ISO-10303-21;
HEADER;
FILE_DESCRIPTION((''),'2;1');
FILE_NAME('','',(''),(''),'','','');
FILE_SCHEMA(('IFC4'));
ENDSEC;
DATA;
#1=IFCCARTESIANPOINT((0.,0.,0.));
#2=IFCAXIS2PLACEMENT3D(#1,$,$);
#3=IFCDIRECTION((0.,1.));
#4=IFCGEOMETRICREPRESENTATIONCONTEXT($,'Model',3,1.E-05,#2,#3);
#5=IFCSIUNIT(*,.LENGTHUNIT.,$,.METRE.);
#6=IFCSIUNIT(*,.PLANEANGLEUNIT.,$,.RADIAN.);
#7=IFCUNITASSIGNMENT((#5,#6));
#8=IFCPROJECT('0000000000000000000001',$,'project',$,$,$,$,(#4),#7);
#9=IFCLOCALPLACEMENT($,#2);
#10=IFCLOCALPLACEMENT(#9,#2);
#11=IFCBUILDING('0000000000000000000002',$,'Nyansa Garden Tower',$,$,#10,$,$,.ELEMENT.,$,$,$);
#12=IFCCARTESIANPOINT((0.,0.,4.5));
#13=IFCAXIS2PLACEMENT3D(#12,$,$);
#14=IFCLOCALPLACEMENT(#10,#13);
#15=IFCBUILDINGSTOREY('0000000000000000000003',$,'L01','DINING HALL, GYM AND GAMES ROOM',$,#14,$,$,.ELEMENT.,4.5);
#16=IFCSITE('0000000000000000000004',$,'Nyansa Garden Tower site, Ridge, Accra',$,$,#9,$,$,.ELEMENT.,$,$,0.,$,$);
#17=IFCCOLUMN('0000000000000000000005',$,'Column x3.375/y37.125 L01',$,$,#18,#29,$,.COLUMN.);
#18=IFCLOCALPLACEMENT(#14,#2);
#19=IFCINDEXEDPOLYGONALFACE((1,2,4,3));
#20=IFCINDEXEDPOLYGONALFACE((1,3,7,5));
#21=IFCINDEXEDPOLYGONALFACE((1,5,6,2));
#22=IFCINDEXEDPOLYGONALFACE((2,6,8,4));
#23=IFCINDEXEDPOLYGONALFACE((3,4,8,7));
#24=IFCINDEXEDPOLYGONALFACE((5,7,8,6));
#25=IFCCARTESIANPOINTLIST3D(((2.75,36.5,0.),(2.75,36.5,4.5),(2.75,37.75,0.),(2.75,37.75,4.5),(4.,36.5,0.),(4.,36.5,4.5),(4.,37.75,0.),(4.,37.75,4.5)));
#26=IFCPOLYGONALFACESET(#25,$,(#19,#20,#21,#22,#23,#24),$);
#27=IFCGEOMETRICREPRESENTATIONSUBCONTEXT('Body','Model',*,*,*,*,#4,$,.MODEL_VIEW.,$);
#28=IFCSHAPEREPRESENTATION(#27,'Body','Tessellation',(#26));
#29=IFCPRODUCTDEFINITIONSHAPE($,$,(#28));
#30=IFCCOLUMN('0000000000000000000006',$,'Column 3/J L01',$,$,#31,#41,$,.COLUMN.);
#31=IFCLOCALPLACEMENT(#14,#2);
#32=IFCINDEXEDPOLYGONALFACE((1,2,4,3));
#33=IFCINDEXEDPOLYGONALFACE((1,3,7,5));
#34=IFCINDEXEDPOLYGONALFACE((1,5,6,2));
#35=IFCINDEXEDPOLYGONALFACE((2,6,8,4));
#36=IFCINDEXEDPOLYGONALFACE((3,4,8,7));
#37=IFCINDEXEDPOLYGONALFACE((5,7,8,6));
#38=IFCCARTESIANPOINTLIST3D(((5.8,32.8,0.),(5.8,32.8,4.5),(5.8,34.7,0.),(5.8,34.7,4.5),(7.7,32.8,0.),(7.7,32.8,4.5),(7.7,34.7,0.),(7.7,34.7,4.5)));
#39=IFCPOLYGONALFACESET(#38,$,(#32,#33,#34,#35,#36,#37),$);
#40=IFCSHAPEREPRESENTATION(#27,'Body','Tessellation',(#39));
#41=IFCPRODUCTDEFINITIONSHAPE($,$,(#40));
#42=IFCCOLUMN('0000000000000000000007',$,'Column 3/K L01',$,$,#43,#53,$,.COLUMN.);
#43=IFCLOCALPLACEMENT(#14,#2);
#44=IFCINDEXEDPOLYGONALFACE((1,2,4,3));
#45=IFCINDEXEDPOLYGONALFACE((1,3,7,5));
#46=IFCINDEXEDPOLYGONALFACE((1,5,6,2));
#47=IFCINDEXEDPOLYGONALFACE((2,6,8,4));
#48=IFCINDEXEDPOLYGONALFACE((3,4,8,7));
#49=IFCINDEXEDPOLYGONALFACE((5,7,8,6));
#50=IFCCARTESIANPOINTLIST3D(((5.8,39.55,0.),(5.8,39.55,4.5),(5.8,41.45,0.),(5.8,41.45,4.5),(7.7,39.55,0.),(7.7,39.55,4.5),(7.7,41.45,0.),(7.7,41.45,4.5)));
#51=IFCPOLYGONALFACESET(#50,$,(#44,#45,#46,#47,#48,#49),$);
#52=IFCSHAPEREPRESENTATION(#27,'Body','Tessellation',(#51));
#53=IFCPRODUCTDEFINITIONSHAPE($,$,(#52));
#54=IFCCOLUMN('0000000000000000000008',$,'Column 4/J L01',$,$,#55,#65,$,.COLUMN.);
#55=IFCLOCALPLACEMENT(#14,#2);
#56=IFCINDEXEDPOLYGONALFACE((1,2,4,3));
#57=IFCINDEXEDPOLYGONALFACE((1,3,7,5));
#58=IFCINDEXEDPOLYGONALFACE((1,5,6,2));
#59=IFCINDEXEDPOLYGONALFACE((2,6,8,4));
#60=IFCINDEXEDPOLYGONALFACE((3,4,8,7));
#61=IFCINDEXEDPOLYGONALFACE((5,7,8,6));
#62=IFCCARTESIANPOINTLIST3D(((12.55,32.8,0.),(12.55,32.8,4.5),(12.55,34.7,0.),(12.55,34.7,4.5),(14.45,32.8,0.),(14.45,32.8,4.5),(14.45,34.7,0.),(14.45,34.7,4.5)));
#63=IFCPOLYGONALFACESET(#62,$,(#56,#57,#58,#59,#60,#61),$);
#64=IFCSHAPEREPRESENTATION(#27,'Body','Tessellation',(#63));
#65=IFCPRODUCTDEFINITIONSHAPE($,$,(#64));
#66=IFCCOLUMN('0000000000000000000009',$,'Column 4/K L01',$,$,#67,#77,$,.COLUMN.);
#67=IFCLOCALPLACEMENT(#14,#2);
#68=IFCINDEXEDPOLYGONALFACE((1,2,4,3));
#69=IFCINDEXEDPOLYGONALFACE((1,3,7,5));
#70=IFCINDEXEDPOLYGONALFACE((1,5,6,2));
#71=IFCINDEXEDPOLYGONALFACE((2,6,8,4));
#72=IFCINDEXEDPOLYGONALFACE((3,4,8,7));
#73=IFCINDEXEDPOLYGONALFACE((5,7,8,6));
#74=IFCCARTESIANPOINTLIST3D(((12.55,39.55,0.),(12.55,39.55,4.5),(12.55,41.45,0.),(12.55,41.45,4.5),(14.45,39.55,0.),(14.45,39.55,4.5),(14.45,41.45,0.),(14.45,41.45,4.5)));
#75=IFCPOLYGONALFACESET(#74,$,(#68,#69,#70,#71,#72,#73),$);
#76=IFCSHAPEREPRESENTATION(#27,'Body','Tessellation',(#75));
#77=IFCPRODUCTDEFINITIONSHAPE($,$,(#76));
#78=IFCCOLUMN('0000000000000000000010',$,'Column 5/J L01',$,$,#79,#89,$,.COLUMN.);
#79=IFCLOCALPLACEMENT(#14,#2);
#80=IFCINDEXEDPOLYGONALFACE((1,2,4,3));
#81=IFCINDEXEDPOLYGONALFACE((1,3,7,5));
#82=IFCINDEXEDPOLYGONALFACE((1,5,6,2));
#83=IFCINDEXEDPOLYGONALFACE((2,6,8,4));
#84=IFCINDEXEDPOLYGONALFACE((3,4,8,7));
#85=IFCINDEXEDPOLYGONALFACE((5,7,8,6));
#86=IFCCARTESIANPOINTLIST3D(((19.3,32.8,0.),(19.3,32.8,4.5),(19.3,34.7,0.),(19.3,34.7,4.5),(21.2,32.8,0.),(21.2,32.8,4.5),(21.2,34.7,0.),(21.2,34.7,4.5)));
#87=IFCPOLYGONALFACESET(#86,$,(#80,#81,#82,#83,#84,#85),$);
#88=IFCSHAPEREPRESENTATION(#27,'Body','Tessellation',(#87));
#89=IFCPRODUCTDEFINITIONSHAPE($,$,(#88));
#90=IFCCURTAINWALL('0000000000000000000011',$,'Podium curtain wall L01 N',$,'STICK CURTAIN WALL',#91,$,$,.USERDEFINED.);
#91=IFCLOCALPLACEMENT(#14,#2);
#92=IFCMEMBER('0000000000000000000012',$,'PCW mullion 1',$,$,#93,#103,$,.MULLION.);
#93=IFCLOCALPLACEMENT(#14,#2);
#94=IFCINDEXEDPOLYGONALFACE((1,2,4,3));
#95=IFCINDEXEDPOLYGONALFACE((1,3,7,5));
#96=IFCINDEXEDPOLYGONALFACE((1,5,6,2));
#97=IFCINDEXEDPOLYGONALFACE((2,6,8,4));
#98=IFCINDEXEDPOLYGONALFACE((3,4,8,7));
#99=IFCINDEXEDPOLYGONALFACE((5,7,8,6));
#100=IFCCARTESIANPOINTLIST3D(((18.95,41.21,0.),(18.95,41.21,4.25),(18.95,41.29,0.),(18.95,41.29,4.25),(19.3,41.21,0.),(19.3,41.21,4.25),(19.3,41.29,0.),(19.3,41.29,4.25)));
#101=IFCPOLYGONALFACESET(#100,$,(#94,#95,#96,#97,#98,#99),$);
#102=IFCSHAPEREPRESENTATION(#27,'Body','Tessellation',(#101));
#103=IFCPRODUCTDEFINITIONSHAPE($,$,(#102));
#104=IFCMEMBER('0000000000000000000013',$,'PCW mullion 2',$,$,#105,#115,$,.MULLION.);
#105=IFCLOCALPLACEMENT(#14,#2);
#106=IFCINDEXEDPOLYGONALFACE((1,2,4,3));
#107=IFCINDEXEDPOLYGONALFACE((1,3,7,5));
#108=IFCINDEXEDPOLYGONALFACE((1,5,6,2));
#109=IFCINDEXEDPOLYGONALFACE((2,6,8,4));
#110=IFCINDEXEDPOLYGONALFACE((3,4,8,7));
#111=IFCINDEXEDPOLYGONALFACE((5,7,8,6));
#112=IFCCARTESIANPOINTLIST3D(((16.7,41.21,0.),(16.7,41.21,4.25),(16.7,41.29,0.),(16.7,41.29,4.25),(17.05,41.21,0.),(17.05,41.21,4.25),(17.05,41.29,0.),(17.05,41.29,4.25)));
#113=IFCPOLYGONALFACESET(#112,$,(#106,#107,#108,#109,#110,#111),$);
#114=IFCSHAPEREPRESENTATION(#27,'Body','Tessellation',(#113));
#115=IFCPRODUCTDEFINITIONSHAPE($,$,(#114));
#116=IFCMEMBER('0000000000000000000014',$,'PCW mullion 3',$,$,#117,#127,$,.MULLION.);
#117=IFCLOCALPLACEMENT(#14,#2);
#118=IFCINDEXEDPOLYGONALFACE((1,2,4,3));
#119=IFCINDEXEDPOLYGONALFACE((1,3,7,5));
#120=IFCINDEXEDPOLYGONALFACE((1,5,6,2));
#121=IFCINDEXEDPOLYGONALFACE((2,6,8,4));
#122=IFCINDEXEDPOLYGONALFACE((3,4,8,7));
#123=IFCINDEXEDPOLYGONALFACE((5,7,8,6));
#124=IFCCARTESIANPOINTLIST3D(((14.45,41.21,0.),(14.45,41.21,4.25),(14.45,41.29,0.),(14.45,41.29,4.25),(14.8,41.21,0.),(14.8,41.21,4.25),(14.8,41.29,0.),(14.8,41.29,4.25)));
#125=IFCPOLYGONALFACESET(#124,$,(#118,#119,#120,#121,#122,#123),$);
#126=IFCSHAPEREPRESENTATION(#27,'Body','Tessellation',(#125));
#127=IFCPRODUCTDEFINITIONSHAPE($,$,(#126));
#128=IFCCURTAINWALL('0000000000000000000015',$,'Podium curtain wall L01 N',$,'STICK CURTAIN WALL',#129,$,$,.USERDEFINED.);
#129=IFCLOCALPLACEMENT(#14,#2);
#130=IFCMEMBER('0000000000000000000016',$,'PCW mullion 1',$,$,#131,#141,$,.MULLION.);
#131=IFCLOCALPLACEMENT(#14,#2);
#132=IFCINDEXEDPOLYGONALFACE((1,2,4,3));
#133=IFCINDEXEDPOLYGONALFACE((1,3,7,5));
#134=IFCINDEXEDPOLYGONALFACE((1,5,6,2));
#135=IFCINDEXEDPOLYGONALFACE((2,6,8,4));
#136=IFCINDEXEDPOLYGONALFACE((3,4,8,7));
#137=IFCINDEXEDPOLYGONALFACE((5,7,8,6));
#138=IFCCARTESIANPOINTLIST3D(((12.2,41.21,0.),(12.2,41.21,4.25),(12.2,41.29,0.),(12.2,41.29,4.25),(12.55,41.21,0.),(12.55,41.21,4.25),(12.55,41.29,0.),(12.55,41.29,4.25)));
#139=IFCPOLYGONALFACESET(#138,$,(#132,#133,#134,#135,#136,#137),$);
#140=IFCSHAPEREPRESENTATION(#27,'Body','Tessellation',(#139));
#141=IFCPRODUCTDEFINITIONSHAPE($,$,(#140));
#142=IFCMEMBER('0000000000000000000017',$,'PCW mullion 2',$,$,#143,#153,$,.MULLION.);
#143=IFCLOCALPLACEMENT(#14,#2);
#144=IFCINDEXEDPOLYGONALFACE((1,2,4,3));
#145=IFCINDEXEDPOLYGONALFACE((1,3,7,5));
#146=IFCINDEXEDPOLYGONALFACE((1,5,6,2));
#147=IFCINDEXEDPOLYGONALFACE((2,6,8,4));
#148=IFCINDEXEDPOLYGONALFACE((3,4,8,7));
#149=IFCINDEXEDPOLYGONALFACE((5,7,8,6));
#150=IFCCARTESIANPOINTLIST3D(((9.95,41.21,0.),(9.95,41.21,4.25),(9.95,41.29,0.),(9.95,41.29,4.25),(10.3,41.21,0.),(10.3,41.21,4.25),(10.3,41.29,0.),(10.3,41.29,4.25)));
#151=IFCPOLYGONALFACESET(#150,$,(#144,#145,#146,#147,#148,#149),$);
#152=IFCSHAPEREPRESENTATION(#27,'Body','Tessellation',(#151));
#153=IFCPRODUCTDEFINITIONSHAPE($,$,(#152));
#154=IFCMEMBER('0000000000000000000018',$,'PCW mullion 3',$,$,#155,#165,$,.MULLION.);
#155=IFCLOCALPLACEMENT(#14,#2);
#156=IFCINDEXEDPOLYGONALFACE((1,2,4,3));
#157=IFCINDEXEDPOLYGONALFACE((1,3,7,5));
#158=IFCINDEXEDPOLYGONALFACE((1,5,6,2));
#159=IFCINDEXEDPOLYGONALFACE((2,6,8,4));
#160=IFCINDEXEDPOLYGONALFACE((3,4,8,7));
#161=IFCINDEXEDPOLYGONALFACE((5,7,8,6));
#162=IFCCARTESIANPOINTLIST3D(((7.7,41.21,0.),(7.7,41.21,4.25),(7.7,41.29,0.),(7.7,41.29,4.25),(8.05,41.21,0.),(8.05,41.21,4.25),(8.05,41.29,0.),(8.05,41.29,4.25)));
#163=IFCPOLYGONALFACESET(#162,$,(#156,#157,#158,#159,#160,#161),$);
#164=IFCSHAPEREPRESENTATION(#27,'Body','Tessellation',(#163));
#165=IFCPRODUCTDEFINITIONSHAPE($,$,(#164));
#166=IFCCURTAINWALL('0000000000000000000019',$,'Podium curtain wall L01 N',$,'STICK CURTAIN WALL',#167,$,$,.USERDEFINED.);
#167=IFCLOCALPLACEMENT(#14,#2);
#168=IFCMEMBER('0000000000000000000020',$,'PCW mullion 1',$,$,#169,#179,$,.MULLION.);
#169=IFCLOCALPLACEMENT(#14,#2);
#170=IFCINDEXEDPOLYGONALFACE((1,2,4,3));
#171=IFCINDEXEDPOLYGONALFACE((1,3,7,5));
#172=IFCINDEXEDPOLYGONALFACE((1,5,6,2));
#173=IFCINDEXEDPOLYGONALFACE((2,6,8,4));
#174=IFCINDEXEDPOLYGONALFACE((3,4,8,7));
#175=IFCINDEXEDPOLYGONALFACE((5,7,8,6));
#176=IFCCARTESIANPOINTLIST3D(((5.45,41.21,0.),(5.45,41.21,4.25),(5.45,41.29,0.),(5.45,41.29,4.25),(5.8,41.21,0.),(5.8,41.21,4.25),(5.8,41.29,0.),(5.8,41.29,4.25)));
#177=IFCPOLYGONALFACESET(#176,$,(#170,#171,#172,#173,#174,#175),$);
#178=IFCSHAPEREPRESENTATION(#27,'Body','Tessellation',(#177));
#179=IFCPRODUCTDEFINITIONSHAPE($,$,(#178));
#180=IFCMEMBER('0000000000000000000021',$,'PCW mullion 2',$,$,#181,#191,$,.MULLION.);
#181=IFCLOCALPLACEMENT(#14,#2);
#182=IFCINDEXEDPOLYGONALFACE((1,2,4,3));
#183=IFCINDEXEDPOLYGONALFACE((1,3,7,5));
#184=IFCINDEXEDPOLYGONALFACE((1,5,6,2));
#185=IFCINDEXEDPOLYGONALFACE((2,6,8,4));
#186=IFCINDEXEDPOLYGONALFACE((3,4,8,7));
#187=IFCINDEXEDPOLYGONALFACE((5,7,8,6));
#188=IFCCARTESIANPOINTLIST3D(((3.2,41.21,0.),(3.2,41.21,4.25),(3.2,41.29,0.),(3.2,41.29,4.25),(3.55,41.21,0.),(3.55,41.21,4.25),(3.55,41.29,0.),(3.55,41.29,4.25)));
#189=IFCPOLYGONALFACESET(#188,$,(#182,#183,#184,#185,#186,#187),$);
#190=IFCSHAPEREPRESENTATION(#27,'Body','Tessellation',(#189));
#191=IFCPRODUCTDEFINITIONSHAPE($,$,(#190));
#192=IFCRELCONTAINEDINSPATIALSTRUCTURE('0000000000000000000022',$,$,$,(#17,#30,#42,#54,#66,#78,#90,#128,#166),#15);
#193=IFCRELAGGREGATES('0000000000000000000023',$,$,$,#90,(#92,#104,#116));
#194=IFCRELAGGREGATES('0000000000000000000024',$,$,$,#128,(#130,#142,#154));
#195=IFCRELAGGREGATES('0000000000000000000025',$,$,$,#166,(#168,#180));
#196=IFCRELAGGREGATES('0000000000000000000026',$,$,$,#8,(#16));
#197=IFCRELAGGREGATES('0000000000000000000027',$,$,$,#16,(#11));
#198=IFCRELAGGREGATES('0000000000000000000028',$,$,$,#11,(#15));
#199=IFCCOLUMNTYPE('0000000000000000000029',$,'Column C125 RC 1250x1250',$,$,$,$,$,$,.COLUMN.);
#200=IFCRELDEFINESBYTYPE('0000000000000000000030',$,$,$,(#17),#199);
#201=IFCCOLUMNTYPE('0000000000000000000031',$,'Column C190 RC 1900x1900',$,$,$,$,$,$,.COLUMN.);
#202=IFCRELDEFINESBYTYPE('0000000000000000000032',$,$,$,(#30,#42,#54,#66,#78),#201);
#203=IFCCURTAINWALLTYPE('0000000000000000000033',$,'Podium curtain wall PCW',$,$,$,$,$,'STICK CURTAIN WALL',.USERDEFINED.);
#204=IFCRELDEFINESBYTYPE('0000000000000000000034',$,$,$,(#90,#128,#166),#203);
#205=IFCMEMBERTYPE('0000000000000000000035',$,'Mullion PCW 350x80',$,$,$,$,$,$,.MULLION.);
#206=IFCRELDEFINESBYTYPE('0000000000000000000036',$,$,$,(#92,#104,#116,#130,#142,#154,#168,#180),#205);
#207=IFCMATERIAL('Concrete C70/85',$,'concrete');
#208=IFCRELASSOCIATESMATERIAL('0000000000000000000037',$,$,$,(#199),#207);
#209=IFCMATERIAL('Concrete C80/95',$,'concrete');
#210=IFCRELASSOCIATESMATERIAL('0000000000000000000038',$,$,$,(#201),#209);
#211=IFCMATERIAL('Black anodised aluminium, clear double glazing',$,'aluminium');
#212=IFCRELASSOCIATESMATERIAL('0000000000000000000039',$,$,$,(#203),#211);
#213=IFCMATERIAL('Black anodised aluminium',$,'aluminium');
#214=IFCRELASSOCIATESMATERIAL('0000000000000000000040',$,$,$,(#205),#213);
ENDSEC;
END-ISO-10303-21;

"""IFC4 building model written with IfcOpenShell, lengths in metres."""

from ifc_helpers import new_model, si_unit, direction, frame, origin, origin_2d, place, context, subcontext, project, spatial, rectangle, extrude, material, material_profile, profile_set, type_object, element, aggregate, save


model = new_model("IFC4")

# Units and contexts
model_context = context("Model", 3, precision=1e-05, world=origin(), true_north=direction((0.0, 1.0)))
body_context = subcontext(model_context, "Body", "Model", "MODEL_VIEW")
ifc_project = project(units=[si_unit("LENGTHUNIT", "METRE"), si_unit("PLANEANGLEUNIT", "RADIAN")], contexts=[model_context])

# Site, building, storey
site_placement = place(None, origin())
site = spatial("IfcSite", under=ifc_project, at=site_placement, Name="Nyansa Garden Tower site, Ridge, Accra", CompositionType="ELEMENT", RefElevation=0.0)
building_placement = place(site_placement, origin())
building = spatial("IfcBuilding", under=site, at=building_placement, Name="Nyansa Garden Tower", CompositionType="ELEMENT")
storey_placement = place(building_placement, frame((0.0, 0.0, 4.5)))
storey = spatial("IfcBuildingStorey", under=building, at=storey_placement, Name="L01", Description="DINING HALL, GYM AND GAMES ROOM", CompositionType="ELEMENT", Elevation=4.5)

# Columns
ifc_material_1 = material(Name="Concrete C70/85", Category="concrete")
ifc_material_profile_1 = material_profile(ifc_material_1, rectangle(XDim=1.25, YDim=1.25, at=origin_2d()), Name="RC 1250x1250")
ifc_profile_set_1 = profile_set([ifc_material_profile_1], Name="Concrete C70/85")
column_type_1 = type_object("IfcColumnType", Name="Column C125 RC 1250x1250", PredefinedType="COLUMN", material=ifc_profile_set_1)
column_placement = place(storey_placement, frame((3.375, 37.125, 0.0), z_axis=(0.0, 0.0, 1.0), x_axis=(1.0, 0.0, 0.0)))
element("IfcColumn", 1, at=column_placement, inside=storey, type_object=column_type_1, Name="Column x3.375/y37.125 L01", PredefinedType="COLUMN", context=body_context, shape_type="SweptSolid", body=[
    extrude(rectangle(XDim=1.25, YDim=1.25, at=origin_2d()), origin(), (0.0, 0.0, 1.0), 4.5),
])
ifc_material_2 = material(Name="Concrete C80/95", Category="concrete")
ifc_material_profile_2 = material_profile(ifc_material_2, rectangle(XDim=1.8999, YDim=1.8999, at=origin_2d()), Name="RC 1900x1900")
ifc_profile_set_2 = profile_set([ifc_material_profile_2], Name="Concrete C80/95")
column_type_2 = type_object("IfcColumnType", Name="Column C190 RC 1900x1900", PredefinedType="COLUMN", material=ifc_profile_set_2)
for number, where, z_axis, x_axis, name in (
    (2, (6.75, 33.75, 0.0), (0.0, 0.0, 1.0), (1.0, 0.0, 0.0), "Column 3/J L01"),
    (3, (6.75, 40.5, 0.0), (0.0, 0.0, 1.0), (1.0, 0.0, 0.0), "Column 3/K L01"),
    (4, (13.5, 33.75, 0.0), (0.0, 0.0, 1.0), (1.0, 0.0, 0.0), "Column 4/J L01"),
    (5, (13.5, 40.5, 0.0), (0.0, 0.0, 1.0), (1.0, 0.0, 0.0), "Column 4/K L01"),
    (6, (20.25, 33.75, 0.0), (0.0, 0.0, 1.0), (1.0, 0.0, 0.0), "Column 5/J L01"),
):
    element("IfcColumn", number, at=place(storey_placement, frame(where, z_axis=z_axis, x_axis=x_axis)), inside=storey, type_object=column_type_2, Name=name, PredefinedType="COLUMN", context=body_context, shape_type="SweptSolid", body=[
        extrude(rectangle(XDim=1.8999, YDim=1.8999, at=origin_2d()), origin(), (0.0, 0.0, 1.0), 4.5),
    ])

# Curtain walls, members
ifc_material_3 = material(Name="Black anodised aluminium, clear double glazing", Category="aluminium")
curtain_wall_type = type_object("IfcCurtainWallType", Name="Podium curtain wall PCW", ElementType="STICK CURTAIN WALL", PredefinedType="USERDEFINED", material=ifc_material_3)
curtain_wall_1_placement = place(storey_placement, origin())
curtain_wall_1 = element("IfcCurtainWall", 7, at=curtain_wall_1_placement, inside=storey, type_object=curtain_wall_type, Name="Podium curtain wall L01 N", ObjectType="STICK CURTAIN WALL", PredefinedType="USERDEFINED")
ifc_material_4 = material(Name="Black anodised aluminium", Category="aluminium")
ifc_material_profile_3 = material_profile(ifc_material_4, rectangle(XDim=0.0801, YDim=0.3501, at=origin_2d()), Name="Mullion 350x80")
ifc_profile_set_3 = profile_set([ifc_material_profile_3], Name="Black anodised aluminium")
member_type_1 = type_object("IfcMemberType", Name="Mullion PCW 350x80", PredefinedType="MULLION", material=ifc_profile_set_3)
member_1_placement = place(storey_placement, frame((19.125, 41.25, 0.0), z_axis=(0.0, 0.0, 1.0), x_axis=(0.0, -1.0, 0.0)))
member_1 = element("IfcMember", 8, at=member_1_placement, type_object=member_type_1, Name="PCW mullion 1", PredefinedType="MULLION", context=body_context, shape_type="SweptSolid", body=[
    extrude(rectangle(XDim=0.0801, YDim=0.3501, at=origin_2d()), origin(), (0.0, 0.0, 1.0), 4.25),
])
member_2_placement = place(storey_placement, frame((16.875, 41.25, 0.0), z_axis=(0.0, 0.0, 1.0), x_axis=(0.0, -1.0, 0.0)))
member_2 = element("IfcMember", 9, at=member_2_placement, type_object=member_type_1, Name="PCW mullion 2", PredefinedType="MULLION", context=body_context, shape_type="SweptSolid", body=[
    extrude(rectangle(XDim=0.0801, YDim=0.3501, at=origin_2d()), origin(), (0.0, 0.0, 1.0), 4.25),
])
member_3_placement = place(storey_placement, frame((14.625, 41.25, 0.0), z_axis=(0.0, 0.0, 1.0), x_axis=(0.0, -1.0, 0.0)))
member_3 = element("IfcMember", 10, at=member_3_placement, type_object=member_type_1, Name="PCW mullion 3", PredefinedType="MULLION", context=body_context, shape_type="SweptSolid", body=[
    extrude(rectangle(XDim=0.0801, YDim=0.3501, at=origin_2d()), origin(), (0.0, 0.0, 1.0), 4.25),
])
curtain_wall_2_placement = place(storey_placement, origin())
curtain_wall_2 = element("IfcCurtainWall", 11, at=curtain_wall_2_placement, inside=storey, type_object=curtain_wall_type, Name="Podium curtain wall L01 N", ObjectType="STICK CURTAIN WALL", PredefinedType="USERDEFINED")
member_4_placement = place(storey_placement, frame((12.375, 41.25, 0.0), z_axis=(0.0, 0.0, 1.0), x_axis=(0.0, -1.0, 0.0)))
member_4 = element("IfcMember", 12, at=member_4_placement, type_object=member_type_1, Name="PCW mullion 1", PredefinedType="MULLION", context=body_context, shape_type="SweptSolid", body=[
    extrude(rectangle(XDim=0.0801, YDim=0.3501, at=origin_2d()), origin(), (0.0, 0.0, 1.0), 4.25),
])
member_5_placement = place(storey_placement, frame((10.125, 41.25, 0.0), z_axis=(0.0, 0.0, 1.0), x_axis=(0.0, -1.0, 0.0)))
member_5 = element("IfcMember", 13, at=member_5_placement, type_object=member_type_1, Name="PCW mullion 2", PredefinedType="MULLION", context=body_context, shape_type="SweptSolid", body=[
    extrude(rectangle(XDim=0.0801, YDim=0.3501, at=origin_2d()), origin(), (0.0, 0.0, 1.0), 4.25),
])
member_6_placement = place(storey_placement, frame((7.875, 41.25, 0.0), z_axis=(0.0, 0.0, 1.0), x_axis=(0.0, -1.0, 0.0)))
member_6 = element("IfcMember", 14, at=member_6_placement, type_object=member_type_1, Name="PCW mullion 3", PredefinedType="MULLION", context=body_context, shape_type="SweptSolid", body=[
    extrude(rectangle(XDim=0.0801, YDim=0.3501, at=origin_2d()), origin(), (0.0, 0.0, 1.0), 4.25),
])
curtain_wall_3_placement = place(storey_placement, origin())
curtain_wall_3 = element("IfcCurtainWall", 15, at=curtain_wall_3_placement, inside=storey, type_object=curtain_wall_type, Name="Podium curtain wall L01 N", ObjectType="STICK CURTAIN WALL", PredefinedType="USERDEFINED")
member_7_placement = place(storey_placement, frame((5.625, 41.25, 0.0), z_axis=(0.0, 0.0, 1.0), x_axis=(0.0, -1.0, 0.0)))
member_7 = element("IfcMember", 16, at=member_7_placement, type_object=member_type_1, Name="PCW mullion 1", PredefinedType="MULLION", context=body_context, shape_type="SweptSolid", body=[
    extrude(rectangle(XDim=0.0801, YDim=0.3501, at=origin_2d()), origin(), (0.0, 0.0, 1.0), 4.25),
])
member_8_placement = place(storey_placement, frame((3.375, 41.25, 0.0), z_axis=(0.0, 0.0, 1.0), x_axis=(0.0, -1.0, 0.0)))
member_8 = element("IfcMember", 17, at=member_8_placement, type_object=member_type_1, Name="PCW mullion 2", PredefinedType="MULLION", context=body_context, shape_type="SweptSolid", body=[
    extrude(rectangle(XDim=0.0801, YDim=0.3501, at=origin_2d()), origin(), (0.0, 0.0, 1.0), 4.25),
])

aggregate(curtain_wall_1, [member_1, member_2, member_3])
aggregate(curtain_wall_2, [member_4, member_5, member_6])
aggregate(curtain_wall_3, [member_7, member_8])

save(model, "model.ifc")
